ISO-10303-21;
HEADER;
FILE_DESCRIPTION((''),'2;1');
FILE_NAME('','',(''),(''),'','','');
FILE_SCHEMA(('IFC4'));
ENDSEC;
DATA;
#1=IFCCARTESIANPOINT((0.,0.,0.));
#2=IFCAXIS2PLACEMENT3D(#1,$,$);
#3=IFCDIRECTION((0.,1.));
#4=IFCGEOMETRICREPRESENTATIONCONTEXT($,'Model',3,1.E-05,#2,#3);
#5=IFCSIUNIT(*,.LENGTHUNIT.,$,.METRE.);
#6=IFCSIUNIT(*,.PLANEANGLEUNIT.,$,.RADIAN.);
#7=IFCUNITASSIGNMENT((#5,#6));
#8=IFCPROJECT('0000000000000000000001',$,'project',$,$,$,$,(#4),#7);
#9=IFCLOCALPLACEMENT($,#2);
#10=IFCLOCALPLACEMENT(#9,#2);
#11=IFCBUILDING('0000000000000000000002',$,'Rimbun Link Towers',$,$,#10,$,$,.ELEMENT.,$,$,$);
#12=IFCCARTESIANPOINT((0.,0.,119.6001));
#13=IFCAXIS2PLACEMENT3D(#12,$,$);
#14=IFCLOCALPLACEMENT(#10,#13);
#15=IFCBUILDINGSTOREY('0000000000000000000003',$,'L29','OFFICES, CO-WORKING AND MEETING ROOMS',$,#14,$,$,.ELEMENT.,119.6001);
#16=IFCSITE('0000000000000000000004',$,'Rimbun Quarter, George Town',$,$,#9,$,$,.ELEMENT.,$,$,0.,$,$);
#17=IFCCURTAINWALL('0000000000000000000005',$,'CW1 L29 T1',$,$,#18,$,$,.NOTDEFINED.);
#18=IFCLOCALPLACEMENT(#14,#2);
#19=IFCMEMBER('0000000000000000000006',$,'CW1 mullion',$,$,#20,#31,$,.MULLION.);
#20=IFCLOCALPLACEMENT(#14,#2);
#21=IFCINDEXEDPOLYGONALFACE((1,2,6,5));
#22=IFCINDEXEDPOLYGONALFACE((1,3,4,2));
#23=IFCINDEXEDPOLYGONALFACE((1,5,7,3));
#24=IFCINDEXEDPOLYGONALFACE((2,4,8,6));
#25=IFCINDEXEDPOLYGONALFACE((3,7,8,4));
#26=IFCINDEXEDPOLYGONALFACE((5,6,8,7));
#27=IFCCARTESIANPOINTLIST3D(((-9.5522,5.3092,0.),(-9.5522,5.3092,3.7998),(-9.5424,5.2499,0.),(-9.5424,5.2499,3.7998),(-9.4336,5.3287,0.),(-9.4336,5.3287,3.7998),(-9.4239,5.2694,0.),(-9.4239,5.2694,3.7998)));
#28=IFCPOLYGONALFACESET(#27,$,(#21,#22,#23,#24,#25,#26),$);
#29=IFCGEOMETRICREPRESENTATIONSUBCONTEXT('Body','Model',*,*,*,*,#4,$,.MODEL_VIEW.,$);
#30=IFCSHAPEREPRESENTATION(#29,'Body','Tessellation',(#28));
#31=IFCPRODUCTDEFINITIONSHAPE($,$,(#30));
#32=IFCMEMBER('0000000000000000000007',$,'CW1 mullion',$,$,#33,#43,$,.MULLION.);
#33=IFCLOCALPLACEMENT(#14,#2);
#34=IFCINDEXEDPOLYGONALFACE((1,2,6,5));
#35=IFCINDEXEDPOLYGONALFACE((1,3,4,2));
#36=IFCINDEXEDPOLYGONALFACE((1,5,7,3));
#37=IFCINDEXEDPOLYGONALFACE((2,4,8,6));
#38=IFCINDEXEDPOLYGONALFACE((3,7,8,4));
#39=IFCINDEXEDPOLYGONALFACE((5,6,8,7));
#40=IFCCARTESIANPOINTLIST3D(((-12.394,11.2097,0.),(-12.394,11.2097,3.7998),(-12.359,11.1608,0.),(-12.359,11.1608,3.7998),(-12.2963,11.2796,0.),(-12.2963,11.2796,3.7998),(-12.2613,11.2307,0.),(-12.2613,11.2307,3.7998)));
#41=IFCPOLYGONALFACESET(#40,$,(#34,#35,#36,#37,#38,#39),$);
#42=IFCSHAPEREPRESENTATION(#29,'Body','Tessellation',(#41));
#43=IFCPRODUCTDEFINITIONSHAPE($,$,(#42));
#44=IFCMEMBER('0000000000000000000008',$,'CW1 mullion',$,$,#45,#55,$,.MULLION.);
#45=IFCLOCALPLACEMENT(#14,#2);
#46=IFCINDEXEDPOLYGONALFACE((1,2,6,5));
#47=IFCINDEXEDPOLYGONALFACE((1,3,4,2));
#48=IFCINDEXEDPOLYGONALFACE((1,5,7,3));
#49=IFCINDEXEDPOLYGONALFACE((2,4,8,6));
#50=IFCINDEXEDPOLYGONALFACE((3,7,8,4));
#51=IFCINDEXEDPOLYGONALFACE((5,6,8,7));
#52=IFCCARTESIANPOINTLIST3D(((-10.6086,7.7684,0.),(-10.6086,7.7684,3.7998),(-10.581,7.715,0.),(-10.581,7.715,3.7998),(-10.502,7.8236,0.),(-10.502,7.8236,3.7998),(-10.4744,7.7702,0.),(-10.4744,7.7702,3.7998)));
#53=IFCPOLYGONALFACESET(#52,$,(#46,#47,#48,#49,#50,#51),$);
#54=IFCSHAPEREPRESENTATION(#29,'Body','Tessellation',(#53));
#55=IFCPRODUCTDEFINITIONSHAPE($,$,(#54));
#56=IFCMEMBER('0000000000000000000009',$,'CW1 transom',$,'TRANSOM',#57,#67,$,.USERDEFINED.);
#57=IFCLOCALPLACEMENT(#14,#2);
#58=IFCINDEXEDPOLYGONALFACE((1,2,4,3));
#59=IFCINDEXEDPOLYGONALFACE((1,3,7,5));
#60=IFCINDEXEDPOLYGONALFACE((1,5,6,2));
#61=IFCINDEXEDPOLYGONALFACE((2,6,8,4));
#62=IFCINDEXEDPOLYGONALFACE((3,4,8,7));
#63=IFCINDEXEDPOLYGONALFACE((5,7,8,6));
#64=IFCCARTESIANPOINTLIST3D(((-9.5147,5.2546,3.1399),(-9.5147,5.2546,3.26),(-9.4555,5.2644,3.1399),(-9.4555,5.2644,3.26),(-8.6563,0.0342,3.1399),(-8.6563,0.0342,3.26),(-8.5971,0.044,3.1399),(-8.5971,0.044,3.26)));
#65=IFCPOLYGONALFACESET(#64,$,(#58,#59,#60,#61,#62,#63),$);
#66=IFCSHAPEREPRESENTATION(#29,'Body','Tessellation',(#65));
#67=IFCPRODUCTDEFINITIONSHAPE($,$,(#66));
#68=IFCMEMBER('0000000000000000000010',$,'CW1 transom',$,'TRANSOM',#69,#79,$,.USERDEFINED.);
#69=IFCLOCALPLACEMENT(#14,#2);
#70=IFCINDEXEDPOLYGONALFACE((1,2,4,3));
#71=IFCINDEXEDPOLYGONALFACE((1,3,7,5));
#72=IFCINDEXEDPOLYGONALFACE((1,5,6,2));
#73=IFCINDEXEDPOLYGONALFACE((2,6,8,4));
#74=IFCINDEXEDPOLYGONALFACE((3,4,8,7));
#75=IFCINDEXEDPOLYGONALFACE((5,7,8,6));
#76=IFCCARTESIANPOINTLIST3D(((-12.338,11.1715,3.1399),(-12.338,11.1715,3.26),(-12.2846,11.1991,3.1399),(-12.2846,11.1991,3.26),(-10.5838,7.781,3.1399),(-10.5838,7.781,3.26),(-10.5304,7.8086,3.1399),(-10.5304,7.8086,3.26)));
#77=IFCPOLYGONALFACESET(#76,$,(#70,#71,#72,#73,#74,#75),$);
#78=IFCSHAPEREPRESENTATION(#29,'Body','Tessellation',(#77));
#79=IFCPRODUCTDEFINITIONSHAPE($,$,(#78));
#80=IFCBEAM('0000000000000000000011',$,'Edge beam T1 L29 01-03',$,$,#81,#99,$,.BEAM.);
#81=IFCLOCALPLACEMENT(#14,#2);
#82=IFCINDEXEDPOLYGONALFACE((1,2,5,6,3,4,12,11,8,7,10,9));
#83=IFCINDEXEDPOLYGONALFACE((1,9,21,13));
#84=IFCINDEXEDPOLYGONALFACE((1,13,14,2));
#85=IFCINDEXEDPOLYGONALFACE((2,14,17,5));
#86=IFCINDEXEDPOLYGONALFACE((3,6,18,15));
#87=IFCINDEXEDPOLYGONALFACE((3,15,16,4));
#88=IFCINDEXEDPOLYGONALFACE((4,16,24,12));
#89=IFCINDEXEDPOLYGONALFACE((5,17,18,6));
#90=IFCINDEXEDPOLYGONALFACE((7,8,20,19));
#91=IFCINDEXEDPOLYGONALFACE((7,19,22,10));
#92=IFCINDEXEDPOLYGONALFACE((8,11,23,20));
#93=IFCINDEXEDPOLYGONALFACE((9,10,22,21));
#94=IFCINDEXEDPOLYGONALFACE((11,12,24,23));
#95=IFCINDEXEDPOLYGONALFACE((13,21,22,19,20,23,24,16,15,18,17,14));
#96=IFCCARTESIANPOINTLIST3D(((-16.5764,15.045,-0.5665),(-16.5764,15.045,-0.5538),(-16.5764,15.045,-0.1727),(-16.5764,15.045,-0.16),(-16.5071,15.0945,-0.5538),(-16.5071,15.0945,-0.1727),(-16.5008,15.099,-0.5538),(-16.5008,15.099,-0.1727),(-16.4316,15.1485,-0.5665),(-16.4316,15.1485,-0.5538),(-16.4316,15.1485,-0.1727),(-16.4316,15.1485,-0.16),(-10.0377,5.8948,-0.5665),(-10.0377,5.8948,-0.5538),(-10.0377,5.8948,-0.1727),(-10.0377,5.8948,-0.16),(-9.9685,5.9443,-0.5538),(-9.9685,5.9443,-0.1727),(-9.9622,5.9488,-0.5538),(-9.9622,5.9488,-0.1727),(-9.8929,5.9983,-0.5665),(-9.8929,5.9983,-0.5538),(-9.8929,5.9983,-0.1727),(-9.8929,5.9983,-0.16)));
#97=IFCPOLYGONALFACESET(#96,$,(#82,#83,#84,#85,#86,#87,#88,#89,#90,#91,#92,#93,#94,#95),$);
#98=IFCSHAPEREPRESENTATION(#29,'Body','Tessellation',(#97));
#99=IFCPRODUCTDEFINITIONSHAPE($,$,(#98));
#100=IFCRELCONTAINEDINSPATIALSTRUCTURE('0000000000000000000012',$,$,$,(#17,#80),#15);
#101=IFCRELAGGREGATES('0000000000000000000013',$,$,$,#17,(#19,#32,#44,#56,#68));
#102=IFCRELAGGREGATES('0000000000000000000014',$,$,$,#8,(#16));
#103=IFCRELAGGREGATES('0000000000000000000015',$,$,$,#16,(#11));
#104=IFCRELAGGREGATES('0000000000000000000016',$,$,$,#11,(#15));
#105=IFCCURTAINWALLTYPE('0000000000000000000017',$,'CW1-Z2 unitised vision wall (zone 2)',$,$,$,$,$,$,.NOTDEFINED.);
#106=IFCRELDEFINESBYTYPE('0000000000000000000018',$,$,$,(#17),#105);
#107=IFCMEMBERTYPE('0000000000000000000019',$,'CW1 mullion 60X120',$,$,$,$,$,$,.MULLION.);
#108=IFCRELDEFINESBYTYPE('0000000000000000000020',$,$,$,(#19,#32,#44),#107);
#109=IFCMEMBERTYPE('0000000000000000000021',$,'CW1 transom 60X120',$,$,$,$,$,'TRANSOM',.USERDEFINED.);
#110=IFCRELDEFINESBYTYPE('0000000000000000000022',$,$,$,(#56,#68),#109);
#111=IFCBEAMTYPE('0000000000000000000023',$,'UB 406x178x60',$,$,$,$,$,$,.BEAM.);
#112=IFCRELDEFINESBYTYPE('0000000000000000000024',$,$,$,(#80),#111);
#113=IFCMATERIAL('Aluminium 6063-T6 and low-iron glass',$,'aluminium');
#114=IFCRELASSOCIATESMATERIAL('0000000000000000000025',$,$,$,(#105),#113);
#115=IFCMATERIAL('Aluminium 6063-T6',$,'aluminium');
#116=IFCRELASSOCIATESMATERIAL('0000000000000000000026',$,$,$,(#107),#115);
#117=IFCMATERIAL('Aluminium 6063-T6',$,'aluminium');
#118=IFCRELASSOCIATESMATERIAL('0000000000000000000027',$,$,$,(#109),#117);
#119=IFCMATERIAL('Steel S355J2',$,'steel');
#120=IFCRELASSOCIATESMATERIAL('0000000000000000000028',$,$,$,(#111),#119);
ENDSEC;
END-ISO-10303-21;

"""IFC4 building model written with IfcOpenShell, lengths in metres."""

from ifc_helpers import new_model, si_unit, direction, frame, origin, origin_2d, place, context, subcontext, project, spatial, rectangle, i_section, extrude, material, material_profile, profile_set, type_object, element, aggregate, save


model = new_model("IFC4")

# Units and contexts
model_context = context("Model", 3, precision=1e-05, world=origin(), true_north=direction((0.0, 1.0)))
body_context = subcontext(model_context, "Body", "Model", "MODEL_VIEW")
ifc_project = project(units=[si_unit("LENGTHUNIT", "METRE"), si_unit("PLANEANGLEUNIT", "RADIAN")], contexts=[model_context])

# Site, building, storey
site_placement = place(None, origin())
site = spatial("IfcSite", under=ifc_project, at=site_placement, Name="Rimbun Quarter, George Town", CompositionType="ELEMENT", RefElevation=0.0)
building_placement = place(site_placement, origin())
building = spatial("IfcBuilding", under=site, at=building_placement, Name="Rimbun Link Towers", CompositionType="ELEMENT")
storey_placement = place(building_placement, frame((0.0, 0.0, 119.6001)))
storey = spatial("IfcBuildingStorey", under=building, at=storey_placement, Name="L29", Description="OFFICES, CO-WORKING AND MEETING ROOMS", CompositionType="ELEMENT", Elevation=119.6001)

# Curtain wall, members
ifc_material_1 = material(Name="Aluminium 6063-T6 and low-iron glass", Category="aluminium")
curtain_wall_type = type_object("IfcCurtainWallType", Name="CW1-Z2 unitised vision wall (zone 2)", PredefinedType="NOTDEFINED", material=ifc_material_1)
curtain_wall_placement = place(storey_placement, origin())
curtain_wall = element("IfcCurtainWall", 1, at=curtain_wall_placement, inside=storey, type_object=curtain_wall_type, Name="CW1 L29 T1", PredefinedType="NOTDEFINED")
ifc_material_2 = material(Name="Aluminium 6063-T6", Category="aluminium")
ifc_material_profile_1 = material_profile(ifc_material_2, rectangle(XDim=0.1201, YDim=0.0601, at=origin_2d()), Name="MULLION 60X120")
ifc_profile_set_1 = profile_set([ifc_material_profile_1], Name="Aluminium 6063-T6")
member_type_1 = type_object("IfcMemberType", Name="CW1 mullion 60X120", PredefinedType="MULLION", material=ifc_profile_set_1)
member_1_placement = place(storey_placement, frame((-9.488, 5.2893, 0.0), z_axis=(0.0, 0.0, 1.0), x_axis=(0.986747, 0.162269, 0.0)))
member_1 = element("IfcMember", 2, at=member_1_placement, type_object=member_type_1, Name="CW1 mullion", PredefinedType="MULLION", context=body_context, shape_type="SweptSolid", body=[
    extrude(rectangle(XDim=0.1201, YDim=0.0601, at=origin_2d()), origin(), (0.0, 0.0, 1.0), 3.7998),
])
member_2_placement = place(storey_placement, frame((-12.3276, 11.2202, 0.0), z_axis=(0.0, 0.0, 1.0), x_axis=(0.813348, 0.581777, 0.0)))
member_2 = element("IfcMember", 3, at=member_2_placement, type_object=member_type_1, Name="CW1 mullion", PredefinedType="MULLION", context=body_context, shape_type="SweptSolid", body=[
    extrude(rectangle(XDim=0.1201, YDim=0.0601, at=origin_2d()), origin(), (0.0, 0.0, 1.0), 3.7998),
])
member_3_placement = place(storey_placement, frame((-10.5415, 7.7693, 0.0), z_axis=(0.0, 0.0, 1.0), x_axis=(0.888157, 0.459541, 0.0)))
member_3 = element("IfcMember", 4, at=member_3_placement, type_object=member_type_1, Name="CW1 mullion", PredefinedType="MULLION", context=body_context, shape_type="SweptSolid", body=[
    extrude(rectangle(XDim=0.1201, YDim=0.0601, at=origin_2d()), origin(), (0.0, 0.0, 1.0), 3.7998),
])
ifc_material_3 = material(Name="Aluminium 6063-T6", Category="aluminium")
ifc_material_profile_2 = material_profile(ifc_material_3, rectangle(XDim=0.0601, YDim=0.1201, at=origin_2d()), Name="TRANSOM 60X120")
ifc_profile_set_2 = profile_set([ifc_material_profile_2], Name="Aluminium 6063-T6")
member_type_2 = type_object("IfcMemberType", Name="CW1 transom 60X120", ElementType="TRANSOM", PredefinedType="USERDEFINED", material=ifc_profile_set_2)
member_4_placement = place(storey_placement, frame((-9.4851, 5.2595, 3.2), z_axis=(0.162251, -0.98675, 0.0), x_axis=(0.98675, 0.162251, 0.0)))
member_4 = element("IfcMember", 5, at=member_4_placement, type_object=member_type_2, Name="CW1 transom", ObjectType="TRANSOM", PredefinedType="USERDEFINED", context=body_context, shape_type="SweptSolid", body=[
    extrude(rectangle(XDim=0.0601, YDim=0.1201, at=origin_2d()), origin(), (0.0, 0.0, 1.0), 5.2905),
])
member_5_placement = place(storey_placement, frame((-12.3113, 11.1853, 3.2), z_axis=(0.459527, -0.888164, 0.0), x_axis=(0.888164, 0.459527, 0.0)))
member_5 = element("IfcMember", 6, at=member_5_placement, type_object=member_type_2, Name="CW1 transom", ObjectType="TRANSOM", PredefinedType="USERDEFINED", context=body_context, shape_type="SweptSolid", body=[
    extrude(rectangle(XDim=0.0601, YDim=0.1201, at=origin_2d()), origin(), (0.0, 0.0, 1.0), 3.8174),
])

# Beam
ifc_material_4 = material(Name="Steel S355J2", Category="steel")
ifc_material_profile_3 = material_profile(ifc_material_4, i_section(OverallWidth=0.178, OverallDepth=0.4065, WebThickness=0.0078, FlangeThickness=0.0127, at=origin_2d()), Name="UB 406x178x60")
ifc_profile_set_3 = profile_set([ifc_material_profile_3], Name="Steel S355J2")
beam_type = type_object("IfcBeamType", Name="UB 406x178x60", PredefinedType="BEAM", material=ifc_profile_set_3)
beam_placement = place(storey_placement, frame((-9.9653, 5.9465, -0.3633), z_axis=(-0.5814, 0.813618, 0.0), x_axis=(-0.813618, -0.5814, 0.0)))
element("IfcBeam", 7, at=beam_placement, inside=storey, type_object=beam_type, Name="Edge beam T1 L29 01-03", PredefinedType="BEAM", context=body_context, shape_type="SweptSolid", body=[
    extrude(i_section(OverallWidth=0.178, OverallDepth=0.4065, WebThickness=0.0078, FlangeThickness=0.0127, at=origin_2d()), origin(), (0.0, 0.0, 1.0), 11.2463),
])

aggregate(curtain_wall, [member_1, member_2, member_3, member_4, member_5])

save(model, "model.ifc")
